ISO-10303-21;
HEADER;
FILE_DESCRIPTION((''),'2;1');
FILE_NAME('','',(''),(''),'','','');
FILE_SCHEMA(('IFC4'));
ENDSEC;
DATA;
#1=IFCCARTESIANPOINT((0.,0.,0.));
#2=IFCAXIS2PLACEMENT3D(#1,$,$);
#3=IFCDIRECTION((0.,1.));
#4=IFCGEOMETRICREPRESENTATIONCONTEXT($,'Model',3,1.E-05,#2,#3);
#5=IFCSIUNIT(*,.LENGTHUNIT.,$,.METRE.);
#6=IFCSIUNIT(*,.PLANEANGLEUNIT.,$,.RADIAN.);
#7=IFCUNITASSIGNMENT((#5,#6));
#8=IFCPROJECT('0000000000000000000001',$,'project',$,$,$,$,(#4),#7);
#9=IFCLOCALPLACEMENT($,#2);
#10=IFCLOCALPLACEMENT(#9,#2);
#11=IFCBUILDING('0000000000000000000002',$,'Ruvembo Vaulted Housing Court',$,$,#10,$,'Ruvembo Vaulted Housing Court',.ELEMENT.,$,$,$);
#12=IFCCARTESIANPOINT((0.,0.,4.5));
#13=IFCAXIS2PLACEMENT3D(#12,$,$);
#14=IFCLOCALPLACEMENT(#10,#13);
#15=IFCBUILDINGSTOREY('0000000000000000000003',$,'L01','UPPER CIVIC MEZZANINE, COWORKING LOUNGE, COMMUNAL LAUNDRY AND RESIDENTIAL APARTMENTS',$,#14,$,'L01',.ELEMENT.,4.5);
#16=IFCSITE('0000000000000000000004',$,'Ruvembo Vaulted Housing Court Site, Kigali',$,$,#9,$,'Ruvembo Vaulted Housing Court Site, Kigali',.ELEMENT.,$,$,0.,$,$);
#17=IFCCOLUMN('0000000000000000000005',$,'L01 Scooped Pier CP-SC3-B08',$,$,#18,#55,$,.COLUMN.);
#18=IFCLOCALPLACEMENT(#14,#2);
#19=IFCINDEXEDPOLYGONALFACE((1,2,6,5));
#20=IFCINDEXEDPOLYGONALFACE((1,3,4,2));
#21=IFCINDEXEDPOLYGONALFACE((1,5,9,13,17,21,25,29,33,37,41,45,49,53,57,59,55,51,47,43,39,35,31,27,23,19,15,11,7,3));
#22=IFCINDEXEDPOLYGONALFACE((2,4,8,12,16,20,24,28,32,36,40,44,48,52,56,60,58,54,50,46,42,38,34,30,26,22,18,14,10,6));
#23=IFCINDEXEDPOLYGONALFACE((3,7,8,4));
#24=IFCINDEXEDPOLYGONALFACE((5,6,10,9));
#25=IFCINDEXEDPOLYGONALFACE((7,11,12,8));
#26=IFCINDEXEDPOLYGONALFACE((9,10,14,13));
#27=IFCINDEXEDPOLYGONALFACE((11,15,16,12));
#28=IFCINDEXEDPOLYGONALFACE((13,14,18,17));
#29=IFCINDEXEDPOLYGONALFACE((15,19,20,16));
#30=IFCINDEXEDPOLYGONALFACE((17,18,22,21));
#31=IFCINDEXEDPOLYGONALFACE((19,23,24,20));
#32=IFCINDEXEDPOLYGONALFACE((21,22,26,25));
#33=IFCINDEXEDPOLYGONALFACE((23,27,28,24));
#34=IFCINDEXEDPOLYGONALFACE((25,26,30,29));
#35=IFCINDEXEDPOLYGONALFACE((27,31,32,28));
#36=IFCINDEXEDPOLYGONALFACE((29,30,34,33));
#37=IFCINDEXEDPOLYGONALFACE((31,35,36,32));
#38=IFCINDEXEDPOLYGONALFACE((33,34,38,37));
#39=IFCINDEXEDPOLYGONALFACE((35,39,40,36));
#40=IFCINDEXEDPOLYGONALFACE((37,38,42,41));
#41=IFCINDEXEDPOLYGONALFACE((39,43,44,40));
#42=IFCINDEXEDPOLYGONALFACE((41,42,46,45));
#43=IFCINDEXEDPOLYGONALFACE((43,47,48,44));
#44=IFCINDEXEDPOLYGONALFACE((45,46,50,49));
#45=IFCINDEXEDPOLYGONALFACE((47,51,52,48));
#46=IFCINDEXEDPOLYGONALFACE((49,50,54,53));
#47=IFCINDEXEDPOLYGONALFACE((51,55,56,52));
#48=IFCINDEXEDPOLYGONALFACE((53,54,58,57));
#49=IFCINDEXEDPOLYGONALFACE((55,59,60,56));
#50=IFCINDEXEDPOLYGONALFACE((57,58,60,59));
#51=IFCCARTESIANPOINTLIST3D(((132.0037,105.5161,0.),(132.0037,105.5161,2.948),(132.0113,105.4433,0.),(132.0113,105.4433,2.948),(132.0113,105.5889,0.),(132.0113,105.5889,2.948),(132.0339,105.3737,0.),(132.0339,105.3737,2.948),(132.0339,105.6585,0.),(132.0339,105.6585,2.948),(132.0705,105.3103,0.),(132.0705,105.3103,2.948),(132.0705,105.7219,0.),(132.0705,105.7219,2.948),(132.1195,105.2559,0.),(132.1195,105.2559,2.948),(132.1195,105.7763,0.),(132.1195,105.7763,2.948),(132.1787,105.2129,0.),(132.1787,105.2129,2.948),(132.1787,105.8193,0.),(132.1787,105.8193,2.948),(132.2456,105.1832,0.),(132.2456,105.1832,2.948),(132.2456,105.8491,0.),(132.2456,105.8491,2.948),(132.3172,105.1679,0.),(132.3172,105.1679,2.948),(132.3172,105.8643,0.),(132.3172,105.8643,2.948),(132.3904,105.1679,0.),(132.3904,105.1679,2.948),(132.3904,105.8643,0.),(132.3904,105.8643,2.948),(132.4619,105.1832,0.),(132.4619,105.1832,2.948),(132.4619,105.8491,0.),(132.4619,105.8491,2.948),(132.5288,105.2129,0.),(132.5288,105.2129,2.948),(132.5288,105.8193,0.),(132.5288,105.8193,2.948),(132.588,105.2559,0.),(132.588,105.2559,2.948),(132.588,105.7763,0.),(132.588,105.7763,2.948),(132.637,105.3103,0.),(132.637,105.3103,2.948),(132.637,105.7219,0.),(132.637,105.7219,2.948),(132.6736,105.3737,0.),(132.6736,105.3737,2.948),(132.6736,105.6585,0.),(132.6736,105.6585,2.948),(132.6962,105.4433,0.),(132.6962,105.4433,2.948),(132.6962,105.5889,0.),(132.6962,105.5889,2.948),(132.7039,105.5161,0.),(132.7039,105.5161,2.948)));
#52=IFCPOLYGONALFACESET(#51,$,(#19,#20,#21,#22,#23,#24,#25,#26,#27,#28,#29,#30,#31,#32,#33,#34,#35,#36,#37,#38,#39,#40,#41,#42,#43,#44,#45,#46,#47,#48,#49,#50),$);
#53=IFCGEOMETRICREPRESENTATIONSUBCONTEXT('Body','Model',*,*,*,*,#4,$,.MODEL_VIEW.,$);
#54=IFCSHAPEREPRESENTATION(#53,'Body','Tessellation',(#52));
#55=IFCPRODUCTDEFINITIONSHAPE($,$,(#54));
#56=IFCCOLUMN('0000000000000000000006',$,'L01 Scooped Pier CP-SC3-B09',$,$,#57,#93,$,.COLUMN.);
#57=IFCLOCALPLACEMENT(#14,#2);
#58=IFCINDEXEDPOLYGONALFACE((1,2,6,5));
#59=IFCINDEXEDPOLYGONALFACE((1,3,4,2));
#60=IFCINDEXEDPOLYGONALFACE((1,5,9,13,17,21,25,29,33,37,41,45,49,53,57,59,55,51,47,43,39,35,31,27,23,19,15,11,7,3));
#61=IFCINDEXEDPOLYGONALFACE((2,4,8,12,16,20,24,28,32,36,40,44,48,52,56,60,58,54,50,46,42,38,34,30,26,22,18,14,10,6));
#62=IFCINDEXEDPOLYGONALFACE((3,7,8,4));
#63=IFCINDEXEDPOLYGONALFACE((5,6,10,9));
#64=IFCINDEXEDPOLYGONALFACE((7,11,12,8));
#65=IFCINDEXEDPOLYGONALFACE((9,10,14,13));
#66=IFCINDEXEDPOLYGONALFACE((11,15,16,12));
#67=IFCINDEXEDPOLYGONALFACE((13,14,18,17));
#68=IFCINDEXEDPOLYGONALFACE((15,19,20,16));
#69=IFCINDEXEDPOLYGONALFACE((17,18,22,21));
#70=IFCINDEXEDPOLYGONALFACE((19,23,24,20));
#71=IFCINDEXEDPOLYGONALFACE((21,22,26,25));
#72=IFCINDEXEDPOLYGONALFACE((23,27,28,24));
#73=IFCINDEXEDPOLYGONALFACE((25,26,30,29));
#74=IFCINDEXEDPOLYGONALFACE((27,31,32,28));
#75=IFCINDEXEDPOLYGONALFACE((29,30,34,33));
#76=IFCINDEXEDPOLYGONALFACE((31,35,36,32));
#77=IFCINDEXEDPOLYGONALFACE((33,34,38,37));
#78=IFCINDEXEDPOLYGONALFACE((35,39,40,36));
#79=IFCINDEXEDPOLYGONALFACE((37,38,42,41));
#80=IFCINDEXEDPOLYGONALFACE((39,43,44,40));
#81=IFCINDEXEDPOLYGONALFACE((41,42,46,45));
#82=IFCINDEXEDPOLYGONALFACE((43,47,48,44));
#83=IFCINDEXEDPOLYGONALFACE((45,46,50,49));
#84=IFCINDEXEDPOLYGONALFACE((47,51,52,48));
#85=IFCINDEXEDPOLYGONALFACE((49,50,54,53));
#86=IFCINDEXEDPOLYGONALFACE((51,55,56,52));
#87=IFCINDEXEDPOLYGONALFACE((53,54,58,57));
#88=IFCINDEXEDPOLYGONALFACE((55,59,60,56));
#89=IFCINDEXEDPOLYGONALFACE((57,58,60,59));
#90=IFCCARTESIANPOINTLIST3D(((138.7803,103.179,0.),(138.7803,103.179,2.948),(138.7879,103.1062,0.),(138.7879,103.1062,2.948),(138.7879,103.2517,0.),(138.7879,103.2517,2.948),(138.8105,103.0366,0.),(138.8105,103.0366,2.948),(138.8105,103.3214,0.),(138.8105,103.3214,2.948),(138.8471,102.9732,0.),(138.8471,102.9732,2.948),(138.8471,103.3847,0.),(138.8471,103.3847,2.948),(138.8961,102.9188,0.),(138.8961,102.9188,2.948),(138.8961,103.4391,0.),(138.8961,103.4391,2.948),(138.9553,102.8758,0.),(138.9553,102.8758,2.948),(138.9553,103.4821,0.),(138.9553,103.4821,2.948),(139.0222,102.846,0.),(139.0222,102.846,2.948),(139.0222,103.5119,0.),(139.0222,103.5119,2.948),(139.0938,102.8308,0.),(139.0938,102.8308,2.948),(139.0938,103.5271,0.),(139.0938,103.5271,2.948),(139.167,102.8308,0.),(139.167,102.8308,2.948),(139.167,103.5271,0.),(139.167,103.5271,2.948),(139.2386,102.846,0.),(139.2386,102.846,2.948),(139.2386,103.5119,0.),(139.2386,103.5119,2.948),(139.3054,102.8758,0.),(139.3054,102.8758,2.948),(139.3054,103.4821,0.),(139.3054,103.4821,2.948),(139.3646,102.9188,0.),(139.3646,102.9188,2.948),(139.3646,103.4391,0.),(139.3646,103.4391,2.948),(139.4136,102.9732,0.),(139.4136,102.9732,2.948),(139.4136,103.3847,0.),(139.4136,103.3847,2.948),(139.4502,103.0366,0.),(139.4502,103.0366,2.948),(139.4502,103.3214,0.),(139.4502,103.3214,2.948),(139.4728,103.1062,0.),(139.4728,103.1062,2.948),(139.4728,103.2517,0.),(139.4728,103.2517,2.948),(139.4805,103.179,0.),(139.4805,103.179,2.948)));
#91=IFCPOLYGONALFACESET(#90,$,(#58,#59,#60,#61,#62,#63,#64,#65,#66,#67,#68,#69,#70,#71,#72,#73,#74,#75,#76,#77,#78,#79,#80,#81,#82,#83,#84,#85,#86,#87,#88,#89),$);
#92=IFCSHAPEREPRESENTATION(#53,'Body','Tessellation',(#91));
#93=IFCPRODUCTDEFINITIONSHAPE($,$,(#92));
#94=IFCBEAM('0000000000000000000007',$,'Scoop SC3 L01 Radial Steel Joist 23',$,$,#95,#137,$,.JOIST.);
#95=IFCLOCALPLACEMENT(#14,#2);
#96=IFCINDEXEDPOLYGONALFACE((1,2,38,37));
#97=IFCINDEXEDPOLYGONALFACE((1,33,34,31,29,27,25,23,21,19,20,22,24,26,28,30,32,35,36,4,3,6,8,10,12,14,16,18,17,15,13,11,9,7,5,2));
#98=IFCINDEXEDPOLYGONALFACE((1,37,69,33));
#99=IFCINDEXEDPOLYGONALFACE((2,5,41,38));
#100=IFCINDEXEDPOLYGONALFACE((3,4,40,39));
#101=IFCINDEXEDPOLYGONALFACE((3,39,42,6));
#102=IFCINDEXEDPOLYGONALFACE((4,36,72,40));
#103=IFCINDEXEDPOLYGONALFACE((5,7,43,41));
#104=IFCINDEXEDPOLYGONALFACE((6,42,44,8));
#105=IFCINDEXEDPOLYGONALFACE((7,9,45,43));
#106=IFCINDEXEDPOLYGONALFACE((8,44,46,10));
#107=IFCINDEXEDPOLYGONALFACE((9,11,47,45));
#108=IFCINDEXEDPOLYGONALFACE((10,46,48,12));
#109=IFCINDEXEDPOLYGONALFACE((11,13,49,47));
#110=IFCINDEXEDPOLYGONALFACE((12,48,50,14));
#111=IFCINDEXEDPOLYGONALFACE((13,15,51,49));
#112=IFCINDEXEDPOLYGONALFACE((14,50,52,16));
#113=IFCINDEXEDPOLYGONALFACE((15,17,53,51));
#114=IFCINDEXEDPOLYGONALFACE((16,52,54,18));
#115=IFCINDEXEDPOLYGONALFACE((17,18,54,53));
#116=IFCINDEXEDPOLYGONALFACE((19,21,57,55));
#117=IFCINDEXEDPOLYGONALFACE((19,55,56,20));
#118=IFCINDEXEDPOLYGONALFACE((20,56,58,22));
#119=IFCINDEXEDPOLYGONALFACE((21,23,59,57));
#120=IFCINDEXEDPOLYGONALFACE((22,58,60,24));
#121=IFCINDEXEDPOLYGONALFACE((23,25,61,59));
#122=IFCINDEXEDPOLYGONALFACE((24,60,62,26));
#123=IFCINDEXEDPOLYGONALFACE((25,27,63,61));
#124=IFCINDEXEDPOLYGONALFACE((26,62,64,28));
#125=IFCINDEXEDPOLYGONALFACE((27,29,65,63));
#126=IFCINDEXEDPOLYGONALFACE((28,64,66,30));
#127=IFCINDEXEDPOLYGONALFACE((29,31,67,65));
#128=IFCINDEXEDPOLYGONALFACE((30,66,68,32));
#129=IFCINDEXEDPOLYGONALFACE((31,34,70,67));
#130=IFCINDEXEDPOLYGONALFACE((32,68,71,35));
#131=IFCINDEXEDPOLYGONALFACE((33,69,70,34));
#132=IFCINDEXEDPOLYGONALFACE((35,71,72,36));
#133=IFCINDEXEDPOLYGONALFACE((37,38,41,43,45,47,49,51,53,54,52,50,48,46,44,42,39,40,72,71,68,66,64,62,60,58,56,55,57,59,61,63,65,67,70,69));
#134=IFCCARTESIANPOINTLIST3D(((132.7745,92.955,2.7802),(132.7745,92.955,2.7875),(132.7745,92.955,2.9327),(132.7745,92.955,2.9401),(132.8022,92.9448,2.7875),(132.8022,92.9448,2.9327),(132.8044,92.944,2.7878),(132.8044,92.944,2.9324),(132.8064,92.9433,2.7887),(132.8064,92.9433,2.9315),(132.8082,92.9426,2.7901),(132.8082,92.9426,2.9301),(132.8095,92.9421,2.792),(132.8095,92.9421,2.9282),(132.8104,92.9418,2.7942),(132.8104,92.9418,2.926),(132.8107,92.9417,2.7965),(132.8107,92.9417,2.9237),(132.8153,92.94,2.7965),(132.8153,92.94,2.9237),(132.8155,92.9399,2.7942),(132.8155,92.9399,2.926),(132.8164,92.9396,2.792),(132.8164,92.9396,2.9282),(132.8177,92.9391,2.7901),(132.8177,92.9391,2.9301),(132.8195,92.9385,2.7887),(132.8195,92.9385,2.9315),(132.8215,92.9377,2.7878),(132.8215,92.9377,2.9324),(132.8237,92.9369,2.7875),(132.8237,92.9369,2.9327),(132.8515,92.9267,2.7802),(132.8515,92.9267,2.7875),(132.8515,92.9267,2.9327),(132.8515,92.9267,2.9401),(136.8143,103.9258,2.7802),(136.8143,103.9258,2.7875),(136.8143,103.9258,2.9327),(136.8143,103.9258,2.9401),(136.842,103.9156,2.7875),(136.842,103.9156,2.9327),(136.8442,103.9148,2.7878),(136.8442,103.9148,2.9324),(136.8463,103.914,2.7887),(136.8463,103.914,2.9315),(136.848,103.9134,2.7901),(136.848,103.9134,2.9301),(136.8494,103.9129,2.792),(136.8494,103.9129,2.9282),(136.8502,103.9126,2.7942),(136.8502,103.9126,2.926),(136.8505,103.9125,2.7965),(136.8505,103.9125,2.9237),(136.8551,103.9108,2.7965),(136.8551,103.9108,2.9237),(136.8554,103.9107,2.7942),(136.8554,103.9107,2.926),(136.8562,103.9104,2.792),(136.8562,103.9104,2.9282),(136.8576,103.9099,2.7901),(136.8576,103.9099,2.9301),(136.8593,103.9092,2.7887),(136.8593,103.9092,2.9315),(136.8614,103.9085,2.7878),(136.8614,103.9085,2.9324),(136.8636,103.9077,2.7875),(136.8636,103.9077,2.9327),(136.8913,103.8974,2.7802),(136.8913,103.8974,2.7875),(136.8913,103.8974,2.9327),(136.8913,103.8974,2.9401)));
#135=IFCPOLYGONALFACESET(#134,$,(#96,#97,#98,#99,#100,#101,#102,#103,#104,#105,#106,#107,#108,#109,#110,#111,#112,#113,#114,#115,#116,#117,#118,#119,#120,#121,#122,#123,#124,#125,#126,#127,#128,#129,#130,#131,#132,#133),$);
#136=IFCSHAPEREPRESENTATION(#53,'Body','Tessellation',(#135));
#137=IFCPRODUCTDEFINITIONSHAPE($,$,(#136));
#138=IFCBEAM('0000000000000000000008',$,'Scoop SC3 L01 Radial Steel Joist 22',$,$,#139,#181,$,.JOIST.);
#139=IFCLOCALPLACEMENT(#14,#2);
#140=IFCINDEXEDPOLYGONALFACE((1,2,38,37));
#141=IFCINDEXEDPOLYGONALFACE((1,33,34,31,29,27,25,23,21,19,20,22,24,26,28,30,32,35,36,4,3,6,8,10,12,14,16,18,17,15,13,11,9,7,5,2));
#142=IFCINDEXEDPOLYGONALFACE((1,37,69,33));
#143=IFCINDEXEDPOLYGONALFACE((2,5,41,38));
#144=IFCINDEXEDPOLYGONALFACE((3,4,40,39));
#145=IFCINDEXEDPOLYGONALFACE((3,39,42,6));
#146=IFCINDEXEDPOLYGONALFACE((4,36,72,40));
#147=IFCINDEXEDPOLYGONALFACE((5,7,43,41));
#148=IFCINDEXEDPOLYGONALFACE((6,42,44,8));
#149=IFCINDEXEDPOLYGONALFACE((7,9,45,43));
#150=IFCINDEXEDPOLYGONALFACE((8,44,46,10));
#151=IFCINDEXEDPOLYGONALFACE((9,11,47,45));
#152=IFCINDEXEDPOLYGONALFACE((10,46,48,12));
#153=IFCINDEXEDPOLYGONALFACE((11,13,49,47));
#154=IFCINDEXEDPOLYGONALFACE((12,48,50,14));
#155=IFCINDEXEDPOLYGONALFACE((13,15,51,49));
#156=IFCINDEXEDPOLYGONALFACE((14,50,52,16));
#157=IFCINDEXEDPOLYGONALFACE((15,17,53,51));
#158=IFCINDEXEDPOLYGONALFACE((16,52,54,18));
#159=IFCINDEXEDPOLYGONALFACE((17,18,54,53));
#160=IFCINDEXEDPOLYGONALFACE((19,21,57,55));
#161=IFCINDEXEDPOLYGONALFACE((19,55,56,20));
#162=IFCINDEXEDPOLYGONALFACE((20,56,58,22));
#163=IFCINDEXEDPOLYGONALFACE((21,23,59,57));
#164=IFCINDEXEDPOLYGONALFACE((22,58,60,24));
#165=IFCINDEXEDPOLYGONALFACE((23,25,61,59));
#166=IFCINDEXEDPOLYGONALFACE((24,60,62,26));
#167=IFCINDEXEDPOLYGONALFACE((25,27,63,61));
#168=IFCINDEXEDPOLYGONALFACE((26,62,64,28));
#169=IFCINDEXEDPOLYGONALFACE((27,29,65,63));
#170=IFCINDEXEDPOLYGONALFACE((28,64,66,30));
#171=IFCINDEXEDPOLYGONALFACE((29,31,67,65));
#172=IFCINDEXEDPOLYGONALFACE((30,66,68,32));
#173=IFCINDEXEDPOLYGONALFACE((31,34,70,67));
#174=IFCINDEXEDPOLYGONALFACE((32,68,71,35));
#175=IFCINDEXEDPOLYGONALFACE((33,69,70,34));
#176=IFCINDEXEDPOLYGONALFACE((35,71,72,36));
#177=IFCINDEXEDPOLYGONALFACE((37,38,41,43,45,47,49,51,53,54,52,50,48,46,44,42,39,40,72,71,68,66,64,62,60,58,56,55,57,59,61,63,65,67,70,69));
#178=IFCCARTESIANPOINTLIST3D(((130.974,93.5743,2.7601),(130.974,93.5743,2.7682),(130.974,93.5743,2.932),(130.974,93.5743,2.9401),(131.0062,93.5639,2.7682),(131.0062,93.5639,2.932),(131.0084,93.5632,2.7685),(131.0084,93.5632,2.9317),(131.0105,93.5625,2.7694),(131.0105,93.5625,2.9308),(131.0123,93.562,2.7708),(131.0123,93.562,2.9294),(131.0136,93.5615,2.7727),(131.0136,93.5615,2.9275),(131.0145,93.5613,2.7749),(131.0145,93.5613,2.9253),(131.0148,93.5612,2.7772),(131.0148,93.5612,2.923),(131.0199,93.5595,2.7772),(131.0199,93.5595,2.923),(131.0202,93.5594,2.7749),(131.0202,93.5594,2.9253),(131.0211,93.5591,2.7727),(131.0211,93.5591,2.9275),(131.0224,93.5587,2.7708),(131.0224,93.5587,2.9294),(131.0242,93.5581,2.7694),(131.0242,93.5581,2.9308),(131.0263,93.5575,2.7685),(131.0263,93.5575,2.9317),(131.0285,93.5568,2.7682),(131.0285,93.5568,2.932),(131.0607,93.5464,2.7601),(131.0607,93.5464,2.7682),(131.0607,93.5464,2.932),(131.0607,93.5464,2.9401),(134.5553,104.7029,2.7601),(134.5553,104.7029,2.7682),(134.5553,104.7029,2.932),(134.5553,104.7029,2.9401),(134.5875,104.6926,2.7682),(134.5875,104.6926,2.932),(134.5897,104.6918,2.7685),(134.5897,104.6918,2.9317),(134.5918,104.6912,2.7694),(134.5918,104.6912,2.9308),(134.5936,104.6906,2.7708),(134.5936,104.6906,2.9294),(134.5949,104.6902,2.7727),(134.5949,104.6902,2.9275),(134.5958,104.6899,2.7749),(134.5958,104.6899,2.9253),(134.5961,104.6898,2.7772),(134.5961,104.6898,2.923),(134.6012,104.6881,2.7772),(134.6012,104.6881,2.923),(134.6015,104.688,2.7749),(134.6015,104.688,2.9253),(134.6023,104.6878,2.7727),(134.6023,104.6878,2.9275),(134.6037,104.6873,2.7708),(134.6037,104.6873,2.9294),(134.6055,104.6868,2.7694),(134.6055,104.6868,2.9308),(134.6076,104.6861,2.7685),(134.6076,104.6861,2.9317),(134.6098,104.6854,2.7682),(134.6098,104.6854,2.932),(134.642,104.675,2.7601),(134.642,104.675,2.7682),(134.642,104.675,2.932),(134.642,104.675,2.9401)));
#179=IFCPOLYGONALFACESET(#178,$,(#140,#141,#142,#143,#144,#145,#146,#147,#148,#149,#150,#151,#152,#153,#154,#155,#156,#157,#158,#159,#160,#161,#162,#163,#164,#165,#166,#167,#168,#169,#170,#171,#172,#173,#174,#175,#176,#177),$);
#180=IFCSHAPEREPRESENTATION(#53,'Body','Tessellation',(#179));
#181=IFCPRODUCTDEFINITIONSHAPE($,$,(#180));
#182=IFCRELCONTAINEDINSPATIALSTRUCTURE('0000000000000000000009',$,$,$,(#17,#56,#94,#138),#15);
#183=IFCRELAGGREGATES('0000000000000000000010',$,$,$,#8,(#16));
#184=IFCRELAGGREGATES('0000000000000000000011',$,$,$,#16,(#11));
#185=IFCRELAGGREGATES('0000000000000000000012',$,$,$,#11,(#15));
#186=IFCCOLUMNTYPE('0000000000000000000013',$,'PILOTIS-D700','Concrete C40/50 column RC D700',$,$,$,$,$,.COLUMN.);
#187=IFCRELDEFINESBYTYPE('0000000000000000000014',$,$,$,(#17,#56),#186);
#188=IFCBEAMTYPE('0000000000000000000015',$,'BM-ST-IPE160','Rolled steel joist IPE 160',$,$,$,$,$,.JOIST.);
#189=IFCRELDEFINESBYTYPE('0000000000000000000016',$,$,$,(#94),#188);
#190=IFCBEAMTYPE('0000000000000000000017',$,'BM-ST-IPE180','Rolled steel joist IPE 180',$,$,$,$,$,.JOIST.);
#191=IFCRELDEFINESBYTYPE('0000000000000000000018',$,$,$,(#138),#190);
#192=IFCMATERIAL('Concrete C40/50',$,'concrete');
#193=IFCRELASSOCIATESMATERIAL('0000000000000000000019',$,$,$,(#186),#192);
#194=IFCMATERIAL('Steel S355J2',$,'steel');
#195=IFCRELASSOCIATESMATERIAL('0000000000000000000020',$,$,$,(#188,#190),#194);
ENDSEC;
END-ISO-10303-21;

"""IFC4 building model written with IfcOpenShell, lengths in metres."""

from ifc_helpers import new_model, si_unit, direction, frame, origin, origin_2d, place, context, subcontext, project, spatial, circle, i_section, extrude, material, material_profile, profile_set, type_object, element, save


model = new_model("IFC4")

# Units and contexts
model_context = context("Model", 3, precision=1e-05, world=origin(), true_north=direction((0.0, 1.0)))
body_context = subcontext(model_context, "Body", "Model", "MODEL_VIEW")
ifc_project = project(units=[si_unit("LENGTHUNIT", "METRE"), si_unit("PLANEANGLEUNIT", "RADIAN")], contexts=[model_context])

# Site, building, storey
site_placement = place(None, origin())
site = spatial("IfcSite", under=ifc_project, at=site_placement, Name="Ruvembo Vaulted Housing Court Site, Kigali", LongName="Ruvembo Vaulted Housing Court Site, Kigali", CompositionType="ELEMENT", RefElevation=0.0)
building_placement = place(site_placement, origin())
building = spatial("IfcBuilding", under=site, at=building_placement, Name="Ruvembo Vaulted Housing Court", LongName="Ruvembo Vaulted Housing Court", CompositionType="ELEMENT")
storey_placement = place(building_placement, frame((0.0, 0.0, 4.5)))
storey = spatial("IfcBuildingStorey", under=building, at=storey_placement, Name="L01", Description="UPPER CIVIC MEZZANINE, COWORKING LOUNGE, COMMUNAL LAUNDRY AND RESIDENTIAL APARTMENTS", LongName="L01", CompositionType="ELEMENT", Elevation=4.5)

# Columns
ifc_material_1 = material(Name="Concrete C40/50", Category="concrete")
ifc_material_profile_1 = material_profile(ifc_material_1, circle(Radius=0.3501, at=origin_2d()), Name="RC D700")
ifc_profile_set_1 = profile_set([ifc_material_profile_1], Name="Concrete C40/50")
column_type = type_object("IfcColumnType", Name="PILOTIS-D700", Description="Concrete C40/50 column RC D700", PredefinedType="COLUMN", material=ifc_profile_set_1)
for number, where, z_axis, x_axis, name in (
    (1, (132.3538, 105.5161, 0.0), (0.0, 0.0, 1.0), (1.0, 0.0, 0.0), "L01 Scooped Pier CP-SC3-B08"),
    (2, (139.1304, 103.179, 0.0), (0.0, 0.0, 1.0), (1.0, 0.0, 0.0), "L01 Scooped Pier CP-SC3-B09"),
):
    element("IfcColumn", number, at=place(storey_placement, frame(where, z_axis=z_axis, x_axis=x_axis)), inside=storey, type_object=column_type, Name=name, PredefinedType="COLUMN", context=body_context, shape_type="SweptSolid", body=[
        extrude(circle(Radius=0.3501, at=origin_2d()), origin(), (0.0, 0.0, 1.0), 2.948),
    ])

# Beams
ifc_material_2 = material(Name="Steel S355J2", Category="steel")
ifc_material_profile_2 = material_profile(ifc_material_2, i_section(OverallWidth=0.082, OverallDepth=0.1599, WebThickness=0.0049, FlangeThickness=0.0073, FilletRadius=0.009, at=origin_2d()), Name="IPE 160")
ifc_profile_set_2 = profile_set([ifc_material_profile_2], Name="Steel S355J2")
beam_type_1 = type_object("IfcBeamType", Name="BM-ST-IPE160", Description="Rolled steel joist IPE 160", PredefinedType="JOIST", material=ifc_profile_set_2)
beam_1_placement = place(storey_placement, frame((136.8528, 103.9116, 2.8601), z_axis=(-0.345551, -0.9384, 0.0), x_axis=(0.9384, -0.345551, 0.0)))
element("IfcBeam", 3, at=beam_1_placement, inside=storey, type_object=beam_type_1, Name="Scoop SC3 L01 Radial Steel Joist 23", PredefinedType="JOIST", context=body_context, shape_type="SweptSolid", body=[
    extrude(i_section(OverallWidth=0.082, OverallDepth=0.1599, WebThickness=0.0049, FlangeThickness=0.0073, FilletRadius=0.009, at=origin_2d()), origin(), (0.0, 0.0, 1.0), 11.6909),
])
ifc_material_profile_3 = material_profile(ifc_material_2, i_section(OverallWidth=0.0911, OverallDepth=0.1799, WebThickness=0.0054, FlangeThickness=0.0081, FilletRadius=0.009, at=origin_2d()), Name="IPE 180")
ifc_profile_set_3 = profile_set([ifc_material_profile_3], Name="Steel S355J2")
beam_type_2 = type_object("IfcBeamType", Name="BM-ST-IPE180", Description="Rolled steel joist IPE 180", PredefinedType="JOIST", material=ifc_profile_set_3)
beam_2_placement = place(storey_placement, frame((134.5986, 104.689, 2.8501), z_axis=(-0.306337, -0.951923, 0.0), x_axis=(0.951923, -0.306337, 0.0)))
element("IfcBeam", 4, at=beam_2_placement, inside=storey, type_object=beam_type_2, Name="Scoop SC3 L01 Radial Steel Joist 22", PredefinedType="JOIST", context=body_context, shape_type="SweptSolid", body=[
    extrude(i_section(OverallWidth=0.0911, OverallDepth=0.1799, WebThickness=0.0054, FlangeThickness=0.0081, FilletRadius=0.009, at=origin_2d()), origin(), (0.0, 0.0, 1.0), 11.6907),
])

save(model, "model.ifc")
